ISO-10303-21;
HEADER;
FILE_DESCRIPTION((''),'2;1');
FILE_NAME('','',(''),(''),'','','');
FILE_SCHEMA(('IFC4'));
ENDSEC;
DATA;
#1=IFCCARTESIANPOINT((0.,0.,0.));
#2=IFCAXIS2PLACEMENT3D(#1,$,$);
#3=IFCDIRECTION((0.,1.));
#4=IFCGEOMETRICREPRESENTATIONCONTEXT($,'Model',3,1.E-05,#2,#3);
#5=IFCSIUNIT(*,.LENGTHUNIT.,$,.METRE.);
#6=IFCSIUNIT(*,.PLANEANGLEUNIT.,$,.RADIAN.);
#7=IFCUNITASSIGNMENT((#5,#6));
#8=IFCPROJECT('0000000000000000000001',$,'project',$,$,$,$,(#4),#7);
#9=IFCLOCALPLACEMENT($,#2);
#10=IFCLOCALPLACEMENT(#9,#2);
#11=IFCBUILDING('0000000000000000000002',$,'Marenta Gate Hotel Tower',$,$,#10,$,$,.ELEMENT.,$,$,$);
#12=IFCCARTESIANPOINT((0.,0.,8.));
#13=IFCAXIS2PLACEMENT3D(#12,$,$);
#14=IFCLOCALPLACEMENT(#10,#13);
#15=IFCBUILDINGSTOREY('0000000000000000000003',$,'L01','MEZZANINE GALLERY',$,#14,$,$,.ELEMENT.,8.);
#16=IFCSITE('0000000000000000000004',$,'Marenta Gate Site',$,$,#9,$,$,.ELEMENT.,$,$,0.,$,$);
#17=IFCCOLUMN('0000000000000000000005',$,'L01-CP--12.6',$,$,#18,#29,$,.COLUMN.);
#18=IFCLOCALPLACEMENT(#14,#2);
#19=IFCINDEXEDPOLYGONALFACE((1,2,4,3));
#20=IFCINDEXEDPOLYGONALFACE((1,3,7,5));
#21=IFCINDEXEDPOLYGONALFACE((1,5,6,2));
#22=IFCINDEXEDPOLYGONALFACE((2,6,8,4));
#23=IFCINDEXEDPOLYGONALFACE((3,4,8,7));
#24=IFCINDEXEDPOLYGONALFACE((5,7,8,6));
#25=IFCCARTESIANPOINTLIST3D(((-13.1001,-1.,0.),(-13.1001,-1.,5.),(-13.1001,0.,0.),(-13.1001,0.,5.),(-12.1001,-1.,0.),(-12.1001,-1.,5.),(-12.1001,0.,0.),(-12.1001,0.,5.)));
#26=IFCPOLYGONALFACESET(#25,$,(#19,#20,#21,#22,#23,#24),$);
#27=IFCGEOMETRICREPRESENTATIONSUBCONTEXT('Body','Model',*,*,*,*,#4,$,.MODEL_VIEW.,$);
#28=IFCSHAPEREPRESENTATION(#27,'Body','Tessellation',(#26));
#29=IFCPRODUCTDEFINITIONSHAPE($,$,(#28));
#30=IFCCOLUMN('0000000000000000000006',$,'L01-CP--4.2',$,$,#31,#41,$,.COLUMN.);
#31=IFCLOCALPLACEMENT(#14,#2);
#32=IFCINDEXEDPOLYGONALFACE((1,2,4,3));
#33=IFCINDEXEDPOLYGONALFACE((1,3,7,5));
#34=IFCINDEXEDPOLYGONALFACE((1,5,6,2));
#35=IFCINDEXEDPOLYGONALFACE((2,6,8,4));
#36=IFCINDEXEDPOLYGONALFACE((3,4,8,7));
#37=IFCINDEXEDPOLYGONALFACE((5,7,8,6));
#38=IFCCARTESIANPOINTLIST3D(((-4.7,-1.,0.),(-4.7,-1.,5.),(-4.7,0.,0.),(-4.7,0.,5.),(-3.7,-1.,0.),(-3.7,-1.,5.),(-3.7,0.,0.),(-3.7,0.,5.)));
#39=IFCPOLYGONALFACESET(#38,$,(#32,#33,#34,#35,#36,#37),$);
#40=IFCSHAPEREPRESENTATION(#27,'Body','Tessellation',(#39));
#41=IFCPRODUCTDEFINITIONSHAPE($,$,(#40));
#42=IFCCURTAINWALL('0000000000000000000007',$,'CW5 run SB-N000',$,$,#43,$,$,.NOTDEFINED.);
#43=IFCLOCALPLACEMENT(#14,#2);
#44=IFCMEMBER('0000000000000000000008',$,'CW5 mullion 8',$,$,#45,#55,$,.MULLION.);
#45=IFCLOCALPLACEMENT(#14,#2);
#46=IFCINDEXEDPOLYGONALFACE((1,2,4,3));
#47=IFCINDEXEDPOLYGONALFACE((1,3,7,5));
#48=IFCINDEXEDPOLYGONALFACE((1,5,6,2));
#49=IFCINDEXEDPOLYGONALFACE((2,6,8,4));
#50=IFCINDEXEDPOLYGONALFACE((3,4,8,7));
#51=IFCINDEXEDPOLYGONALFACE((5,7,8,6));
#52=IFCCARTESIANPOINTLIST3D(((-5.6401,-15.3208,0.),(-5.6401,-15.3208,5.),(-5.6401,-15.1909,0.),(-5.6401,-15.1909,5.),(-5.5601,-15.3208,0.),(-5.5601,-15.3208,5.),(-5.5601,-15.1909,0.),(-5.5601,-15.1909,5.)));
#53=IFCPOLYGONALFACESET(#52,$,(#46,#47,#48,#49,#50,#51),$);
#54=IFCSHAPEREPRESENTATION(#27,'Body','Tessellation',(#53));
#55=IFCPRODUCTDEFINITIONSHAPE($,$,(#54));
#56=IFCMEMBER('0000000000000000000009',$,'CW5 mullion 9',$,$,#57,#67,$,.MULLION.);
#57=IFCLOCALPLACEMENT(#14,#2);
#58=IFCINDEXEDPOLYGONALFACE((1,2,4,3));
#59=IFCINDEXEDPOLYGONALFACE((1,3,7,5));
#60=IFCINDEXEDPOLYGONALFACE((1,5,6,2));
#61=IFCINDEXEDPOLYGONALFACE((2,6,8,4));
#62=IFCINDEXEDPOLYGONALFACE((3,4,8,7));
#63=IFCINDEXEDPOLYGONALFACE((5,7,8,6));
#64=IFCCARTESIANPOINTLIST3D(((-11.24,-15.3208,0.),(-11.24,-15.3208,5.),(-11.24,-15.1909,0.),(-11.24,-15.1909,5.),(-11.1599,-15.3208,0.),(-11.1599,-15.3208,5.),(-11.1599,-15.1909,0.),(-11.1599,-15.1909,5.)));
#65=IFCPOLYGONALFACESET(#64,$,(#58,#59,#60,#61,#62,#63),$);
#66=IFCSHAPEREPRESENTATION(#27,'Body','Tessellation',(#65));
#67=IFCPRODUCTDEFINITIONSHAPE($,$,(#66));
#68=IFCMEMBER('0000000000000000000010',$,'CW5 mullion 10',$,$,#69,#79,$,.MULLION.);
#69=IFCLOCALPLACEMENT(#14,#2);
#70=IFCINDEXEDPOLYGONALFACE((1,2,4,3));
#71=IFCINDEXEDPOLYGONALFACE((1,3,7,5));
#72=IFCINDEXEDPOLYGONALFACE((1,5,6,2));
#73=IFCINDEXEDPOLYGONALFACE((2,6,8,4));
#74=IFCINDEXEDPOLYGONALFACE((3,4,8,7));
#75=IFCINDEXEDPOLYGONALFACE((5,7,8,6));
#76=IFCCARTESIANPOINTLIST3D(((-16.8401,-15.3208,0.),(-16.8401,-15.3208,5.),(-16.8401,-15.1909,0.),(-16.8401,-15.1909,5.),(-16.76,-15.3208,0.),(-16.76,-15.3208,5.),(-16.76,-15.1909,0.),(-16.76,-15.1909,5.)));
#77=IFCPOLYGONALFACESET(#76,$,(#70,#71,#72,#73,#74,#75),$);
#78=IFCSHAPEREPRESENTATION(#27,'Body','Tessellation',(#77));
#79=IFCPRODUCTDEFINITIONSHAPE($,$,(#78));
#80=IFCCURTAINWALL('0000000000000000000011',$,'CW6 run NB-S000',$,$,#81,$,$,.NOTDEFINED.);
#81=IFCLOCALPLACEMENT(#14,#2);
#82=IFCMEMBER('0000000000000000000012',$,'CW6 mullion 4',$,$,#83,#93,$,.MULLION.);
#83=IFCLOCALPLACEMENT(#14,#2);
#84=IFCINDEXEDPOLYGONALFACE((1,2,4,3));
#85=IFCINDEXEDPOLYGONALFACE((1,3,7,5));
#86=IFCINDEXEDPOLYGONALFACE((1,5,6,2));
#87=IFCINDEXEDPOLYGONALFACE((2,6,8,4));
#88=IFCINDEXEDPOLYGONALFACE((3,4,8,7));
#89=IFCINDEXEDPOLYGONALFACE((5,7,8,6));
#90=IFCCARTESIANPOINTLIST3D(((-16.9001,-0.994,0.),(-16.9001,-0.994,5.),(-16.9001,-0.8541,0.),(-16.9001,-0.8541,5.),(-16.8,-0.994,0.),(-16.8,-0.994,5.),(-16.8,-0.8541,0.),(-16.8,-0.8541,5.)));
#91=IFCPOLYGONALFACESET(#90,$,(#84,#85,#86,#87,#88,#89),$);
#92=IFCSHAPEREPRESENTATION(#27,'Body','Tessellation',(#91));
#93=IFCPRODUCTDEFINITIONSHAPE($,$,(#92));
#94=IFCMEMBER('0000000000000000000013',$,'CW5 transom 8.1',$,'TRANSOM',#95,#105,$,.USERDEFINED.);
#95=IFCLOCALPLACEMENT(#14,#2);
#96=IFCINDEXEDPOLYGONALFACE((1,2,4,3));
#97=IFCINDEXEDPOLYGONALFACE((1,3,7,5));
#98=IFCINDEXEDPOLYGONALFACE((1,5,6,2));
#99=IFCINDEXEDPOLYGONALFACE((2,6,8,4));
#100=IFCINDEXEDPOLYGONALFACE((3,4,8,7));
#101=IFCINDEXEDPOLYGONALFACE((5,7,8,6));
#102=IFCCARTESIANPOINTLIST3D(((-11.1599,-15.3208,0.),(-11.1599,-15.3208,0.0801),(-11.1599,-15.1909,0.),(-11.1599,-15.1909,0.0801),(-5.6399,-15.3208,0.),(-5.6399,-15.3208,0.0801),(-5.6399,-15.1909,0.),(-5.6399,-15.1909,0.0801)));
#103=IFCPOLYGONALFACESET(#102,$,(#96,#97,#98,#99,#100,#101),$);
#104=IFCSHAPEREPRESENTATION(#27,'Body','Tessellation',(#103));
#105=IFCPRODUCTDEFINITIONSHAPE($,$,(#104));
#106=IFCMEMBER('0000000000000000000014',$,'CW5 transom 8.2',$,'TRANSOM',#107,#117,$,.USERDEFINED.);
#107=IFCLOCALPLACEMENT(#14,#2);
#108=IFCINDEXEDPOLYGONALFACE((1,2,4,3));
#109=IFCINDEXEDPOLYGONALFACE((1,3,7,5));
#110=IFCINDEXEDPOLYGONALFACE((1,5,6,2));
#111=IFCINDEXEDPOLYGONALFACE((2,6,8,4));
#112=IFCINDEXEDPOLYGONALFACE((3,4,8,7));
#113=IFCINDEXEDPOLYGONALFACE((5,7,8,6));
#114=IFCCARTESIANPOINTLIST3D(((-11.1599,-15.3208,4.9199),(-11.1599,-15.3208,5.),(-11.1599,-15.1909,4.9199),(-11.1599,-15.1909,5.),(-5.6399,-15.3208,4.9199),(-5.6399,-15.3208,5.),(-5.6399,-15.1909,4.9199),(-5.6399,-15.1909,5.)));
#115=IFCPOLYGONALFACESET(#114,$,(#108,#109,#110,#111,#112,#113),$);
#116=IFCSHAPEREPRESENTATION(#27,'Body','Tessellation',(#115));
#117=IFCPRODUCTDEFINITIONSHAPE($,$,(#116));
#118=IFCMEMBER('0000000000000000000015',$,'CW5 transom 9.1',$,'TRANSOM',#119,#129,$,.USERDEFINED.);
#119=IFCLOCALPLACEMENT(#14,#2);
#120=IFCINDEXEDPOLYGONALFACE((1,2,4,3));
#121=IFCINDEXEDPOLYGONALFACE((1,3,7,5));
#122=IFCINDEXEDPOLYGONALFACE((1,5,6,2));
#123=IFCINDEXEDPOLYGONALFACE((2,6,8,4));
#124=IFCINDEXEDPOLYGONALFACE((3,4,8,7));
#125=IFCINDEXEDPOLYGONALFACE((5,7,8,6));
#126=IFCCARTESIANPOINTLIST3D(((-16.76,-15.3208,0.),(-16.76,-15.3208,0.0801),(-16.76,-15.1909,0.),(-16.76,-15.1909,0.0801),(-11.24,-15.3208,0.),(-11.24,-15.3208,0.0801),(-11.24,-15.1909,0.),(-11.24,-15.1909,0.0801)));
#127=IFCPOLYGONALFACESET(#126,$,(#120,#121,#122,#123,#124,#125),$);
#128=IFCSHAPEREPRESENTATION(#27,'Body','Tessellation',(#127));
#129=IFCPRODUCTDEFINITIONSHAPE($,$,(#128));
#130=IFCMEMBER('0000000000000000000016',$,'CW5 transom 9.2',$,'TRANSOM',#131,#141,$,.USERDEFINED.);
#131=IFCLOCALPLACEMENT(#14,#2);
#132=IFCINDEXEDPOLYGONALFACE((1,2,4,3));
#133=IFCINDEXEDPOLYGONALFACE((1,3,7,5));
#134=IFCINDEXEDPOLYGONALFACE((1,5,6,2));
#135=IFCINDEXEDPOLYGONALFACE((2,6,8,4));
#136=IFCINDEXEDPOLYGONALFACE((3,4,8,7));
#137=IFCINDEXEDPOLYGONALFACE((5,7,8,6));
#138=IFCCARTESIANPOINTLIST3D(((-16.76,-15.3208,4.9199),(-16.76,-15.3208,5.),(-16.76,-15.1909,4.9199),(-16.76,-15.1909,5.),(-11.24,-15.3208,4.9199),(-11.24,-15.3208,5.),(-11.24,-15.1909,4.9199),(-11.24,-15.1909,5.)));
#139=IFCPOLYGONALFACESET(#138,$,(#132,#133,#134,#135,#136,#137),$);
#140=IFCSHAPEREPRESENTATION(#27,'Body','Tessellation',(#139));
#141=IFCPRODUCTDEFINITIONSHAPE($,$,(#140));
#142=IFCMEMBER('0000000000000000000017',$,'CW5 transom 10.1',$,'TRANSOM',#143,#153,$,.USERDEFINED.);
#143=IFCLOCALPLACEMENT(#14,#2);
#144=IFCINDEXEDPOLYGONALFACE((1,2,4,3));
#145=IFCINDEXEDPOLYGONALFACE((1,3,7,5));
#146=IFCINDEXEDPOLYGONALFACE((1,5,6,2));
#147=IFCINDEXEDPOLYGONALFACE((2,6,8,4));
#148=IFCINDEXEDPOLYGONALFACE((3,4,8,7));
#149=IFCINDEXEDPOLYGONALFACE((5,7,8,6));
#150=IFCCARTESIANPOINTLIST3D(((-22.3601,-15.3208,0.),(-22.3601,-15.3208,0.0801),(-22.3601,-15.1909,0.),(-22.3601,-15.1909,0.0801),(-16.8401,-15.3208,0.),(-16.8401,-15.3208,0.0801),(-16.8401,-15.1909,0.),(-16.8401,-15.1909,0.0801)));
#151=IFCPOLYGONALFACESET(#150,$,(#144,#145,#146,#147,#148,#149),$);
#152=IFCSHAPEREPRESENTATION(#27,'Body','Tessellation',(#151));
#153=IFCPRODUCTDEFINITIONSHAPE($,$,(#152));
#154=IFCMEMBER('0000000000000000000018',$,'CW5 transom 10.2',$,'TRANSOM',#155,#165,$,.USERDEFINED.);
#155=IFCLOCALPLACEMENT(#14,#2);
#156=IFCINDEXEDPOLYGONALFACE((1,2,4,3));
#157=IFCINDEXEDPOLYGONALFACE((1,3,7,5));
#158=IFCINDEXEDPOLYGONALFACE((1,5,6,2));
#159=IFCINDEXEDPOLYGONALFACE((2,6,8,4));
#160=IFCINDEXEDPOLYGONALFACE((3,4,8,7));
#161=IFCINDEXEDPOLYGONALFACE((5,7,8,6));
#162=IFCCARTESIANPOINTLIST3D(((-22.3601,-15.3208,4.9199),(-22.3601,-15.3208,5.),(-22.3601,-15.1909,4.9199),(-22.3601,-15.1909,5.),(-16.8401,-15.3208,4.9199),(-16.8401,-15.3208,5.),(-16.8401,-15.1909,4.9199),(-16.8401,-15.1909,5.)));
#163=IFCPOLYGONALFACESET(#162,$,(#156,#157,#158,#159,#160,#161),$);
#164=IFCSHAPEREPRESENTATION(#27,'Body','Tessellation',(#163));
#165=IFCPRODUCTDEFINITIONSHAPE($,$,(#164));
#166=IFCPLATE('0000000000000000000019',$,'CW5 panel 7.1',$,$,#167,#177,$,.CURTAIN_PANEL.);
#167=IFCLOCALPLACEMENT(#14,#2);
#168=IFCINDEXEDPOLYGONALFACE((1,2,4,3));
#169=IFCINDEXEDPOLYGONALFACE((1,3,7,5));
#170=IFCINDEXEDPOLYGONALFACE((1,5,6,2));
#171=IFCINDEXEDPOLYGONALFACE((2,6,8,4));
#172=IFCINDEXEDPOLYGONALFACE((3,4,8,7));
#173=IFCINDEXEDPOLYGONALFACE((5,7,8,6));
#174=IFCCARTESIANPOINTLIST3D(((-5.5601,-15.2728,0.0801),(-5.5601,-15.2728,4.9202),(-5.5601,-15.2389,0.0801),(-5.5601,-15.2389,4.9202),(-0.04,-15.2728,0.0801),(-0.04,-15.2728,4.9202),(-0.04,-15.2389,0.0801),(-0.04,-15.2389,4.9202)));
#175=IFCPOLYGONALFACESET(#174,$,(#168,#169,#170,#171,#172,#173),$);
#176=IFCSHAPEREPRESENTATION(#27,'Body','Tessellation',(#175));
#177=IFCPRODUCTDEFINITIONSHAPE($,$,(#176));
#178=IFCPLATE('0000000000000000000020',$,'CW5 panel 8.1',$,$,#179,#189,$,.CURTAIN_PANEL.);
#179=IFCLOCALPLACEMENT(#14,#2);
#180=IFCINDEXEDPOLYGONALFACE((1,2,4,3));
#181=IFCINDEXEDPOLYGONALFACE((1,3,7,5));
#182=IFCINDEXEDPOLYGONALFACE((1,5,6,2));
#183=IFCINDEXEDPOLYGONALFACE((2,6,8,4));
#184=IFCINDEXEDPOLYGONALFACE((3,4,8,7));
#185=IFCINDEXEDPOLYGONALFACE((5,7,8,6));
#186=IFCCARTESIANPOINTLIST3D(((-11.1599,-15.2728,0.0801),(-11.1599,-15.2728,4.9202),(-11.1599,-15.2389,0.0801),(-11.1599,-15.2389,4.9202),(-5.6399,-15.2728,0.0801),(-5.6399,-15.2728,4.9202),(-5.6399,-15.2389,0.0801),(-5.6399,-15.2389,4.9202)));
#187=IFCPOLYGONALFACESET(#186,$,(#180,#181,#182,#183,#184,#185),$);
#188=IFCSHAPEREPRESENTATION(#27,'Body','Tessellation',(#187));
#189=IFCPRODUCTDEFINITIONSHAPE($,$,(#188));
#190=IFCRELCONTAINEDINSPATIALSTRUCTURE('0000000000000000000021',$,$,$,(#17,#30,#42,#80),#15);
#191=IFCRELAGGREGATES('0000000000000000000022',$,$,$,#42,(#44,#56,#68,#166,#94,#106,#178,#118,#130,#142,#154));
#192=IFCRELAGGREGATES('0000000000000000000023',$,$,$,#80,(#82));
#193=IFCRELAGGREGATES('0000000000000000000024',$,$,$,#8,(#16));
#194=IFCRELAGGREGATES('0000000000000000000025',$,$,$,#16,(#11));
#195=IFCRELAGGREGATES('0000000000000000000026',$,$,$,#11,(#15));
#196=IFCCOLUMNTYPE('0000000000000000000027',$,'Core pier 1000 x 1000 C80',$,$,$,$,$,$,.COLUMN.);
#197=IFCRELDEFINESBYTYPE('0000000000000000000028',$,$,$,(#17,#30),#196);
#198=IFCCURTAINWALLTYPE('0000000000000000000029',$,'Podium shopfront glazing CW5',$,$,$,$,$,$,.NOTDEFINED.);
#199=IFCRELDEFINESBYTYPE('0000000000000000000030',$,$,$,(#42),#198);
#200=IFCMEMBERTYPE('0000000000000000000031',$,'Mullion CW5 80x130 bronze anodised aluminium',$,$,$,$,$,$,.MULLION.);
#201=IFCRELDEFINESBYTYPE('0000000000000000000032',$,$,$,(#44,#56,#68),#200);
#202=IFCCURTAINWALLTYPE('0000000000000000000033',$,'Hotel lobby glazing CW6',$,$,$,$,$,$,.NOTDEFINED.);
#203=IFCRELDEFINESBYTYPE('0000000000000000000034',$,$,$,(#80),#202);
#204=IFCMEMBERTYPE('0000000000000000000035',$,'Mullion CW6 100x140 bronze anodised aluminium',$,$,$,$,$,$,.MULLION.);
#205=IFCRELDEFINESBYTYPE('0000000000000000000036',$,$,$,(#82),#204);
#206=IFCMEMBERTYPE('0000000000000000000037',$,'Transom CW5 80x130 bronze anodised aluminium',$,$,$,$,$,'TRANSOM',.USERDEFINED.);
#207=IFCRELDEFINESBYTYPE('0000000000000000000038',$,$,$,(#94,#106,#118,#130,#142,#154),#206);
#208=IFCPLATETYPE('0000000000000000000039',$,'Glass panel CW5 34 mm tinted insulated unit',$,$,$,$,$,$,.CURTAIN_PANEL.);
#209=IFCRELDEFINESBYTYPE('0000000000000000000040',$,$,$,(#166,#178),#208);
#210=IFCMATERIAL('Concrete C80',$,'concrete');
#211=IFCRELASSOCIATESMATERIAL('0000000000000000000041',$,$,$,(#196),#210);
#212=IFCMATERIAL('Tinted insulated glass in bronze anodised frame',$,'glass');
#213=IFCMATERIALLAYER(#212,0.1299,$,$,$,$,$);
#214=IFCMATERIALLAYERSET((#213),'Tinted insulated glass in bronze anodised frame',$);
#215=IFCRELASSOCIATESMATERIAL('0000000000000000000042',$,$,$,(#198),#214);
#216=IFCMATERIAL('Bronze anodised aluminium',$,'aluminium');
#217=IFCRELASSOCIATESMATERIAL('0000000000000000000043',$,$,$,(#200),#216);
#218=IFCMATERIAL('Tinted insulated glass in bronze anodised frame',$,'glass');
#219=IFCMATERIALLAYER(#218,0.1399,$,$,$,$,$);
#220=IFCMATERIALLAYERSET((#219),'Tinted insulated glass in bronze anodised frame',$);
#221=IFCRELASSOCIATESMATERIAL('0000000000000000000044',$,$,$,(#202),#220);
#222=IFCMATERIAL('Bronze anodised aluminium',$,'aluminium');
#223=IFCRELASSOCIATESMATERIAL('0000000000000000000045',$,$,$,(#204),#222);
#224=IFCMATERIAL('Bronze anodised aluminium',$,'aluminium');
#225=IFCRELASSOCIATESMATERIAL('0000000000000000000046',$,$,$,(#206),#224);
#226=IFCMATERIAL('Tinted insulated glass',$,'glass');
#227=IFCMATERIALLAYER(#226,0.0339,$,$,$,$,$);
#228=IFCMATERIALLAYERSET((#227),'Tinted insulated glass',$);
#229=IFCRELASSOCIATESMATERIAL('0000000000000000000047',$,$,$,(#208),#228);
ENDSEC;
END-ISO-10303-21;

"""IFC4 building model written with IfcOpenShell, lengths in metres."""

from ifc_helpers import new_model, si_unit, direction, frame, origin, origin_2d, place, context, subcontext, project, spatial, rectangle, extrude, material, layer, layer_set, material_profile, profile_set, type_object, element, aggregate, save


model = new_model("IFC4")

# Units and contexts
model_context = context("Model", 3, precision=1e-05, world=origin(), true_north=direction((0.0, 1.0)))
body_context = subcontext(model_context, "Body", "Model", "MODEL_VIEW")
ifc_project = project(units=[si_unit("LENGTHUNIT", "METRE"), si_unit("PLANEANGLEUNIT", "RADIAN")], contexts=[model_context])

# Site, building, storey
site_placement = place(None, origin())
site = spatial("IfcSite", under=ifc_project, at=site_placement, Name="Marenta Gate Site", CompositionType="ELEMENT", RefElevation=0.0)
building_placement = place(site_placement, origin())
building = spatial("IfcBuilding", under=site, at=building_placement, Name="Marenta Gate Hotel Tower", CompositionType="ELEMENT")
storey_placement = place(building_placement, frame((0.0, 0.0, 8.0)))
storey = spatial("IfcBuildingStorey", under=building, at=storey_placement, Name="L01", Description="MEZZANINE GALLERY", CompositionType="ELEMENT", Elevation=8.0)

# Columns
ifc_material_1 = material(Name="Concrete C80", Category="concrete")
ifc_material_profile_1 = material_profile(ifc_material_1, rectangle(XDim=1.0, YDim=1.0, at=origin_2d()), Name="1000 x 1000")
ifc_profile_set_1 = profile_set([ifc_material_profile_1], Name="Concrete C80")
column_type = type_object("IfcColumnType", Name="Core pier 1000 x 1000 C80", PredefinedType="COLUMN", material=ifc_profile_set_1)
for number, where, z_axis, x_axis, name in (
    (1, (-12.6001, -0.5, 0.0), (0.0, 0.0, 1.0), (1.0, 0.0, 0.0), "L01-CP--12.6"),
    (2, (-4.2, -0.5, 0.0), (0.0, 0.0, 1.0), (1.0, 0.0, 0.0), "L01-CP--4.2"),
):
    element("IfcColumn", number, at=place(storey_placement, frame(where, z_axis=z_axis, x_axis=x_axis)), inside=storey, type_object=column_type, Name=name, PredefinedType="COLUMN", context=body_context, shape_type="SweptSolid", body=[
        extrude(rectangle(XDim=1.0, YDim=1.0, at=origin_2d()), origin(), (0.0, 0.0, 1.0), 5.0),
    ])

# Curtain wall, members
ifc_material_2 = material(Name="Tinted insulated glass in bronze anodised frame", Category="glass")
ifc_layer_1 = layer(ifc_material_2, 0.1299)
ifc_layer_set_1 = layer_set([ifc_layer_1], Name="Tinted insulated glass in bronze anodised frame")
curtain_wall_type_1 = type_object("IfcCurtainWallType", Name="Podium shopfront glazing CW5", PredefinedType="NOTDEFINED", material=ifc_layer_set_1)
curtain_wall_1_placement = place(storey_placement, origin())
curtain_wall_1 = element("IfcCurtainWall", 3, at=curtain_wall_1_placement, inside=storey, type_object=curtain_wall_type_1, Name="CW5 run SB-N000", PredefinedType="NOTDEFINED")
ifc_material_3 = material(Name="Bronze anodised aluminium", Category="aluminium")
ifc_material_profile_2 = material_profile(ifc_material_3, rectangle(XDim=0.1299, YDim=0.0801, at=origin_2d()), Name="Mullion CW5 80x130 bronze anodised aluminium")
ifc_profile_set_2 = profile_set([ifc_material_profile_2], Name="Bronze anodised aluminium")
member_type_1 = type_object("IfcMemberType", Name="Mullion CW5 80x130 bronze anodised aluminium", PredefinedType="MULLION", material=ifc_profile_set_2)
member_1_placement = place(storey_placement, frame((-5.6001, -15.2559, 0.0), z_axis=(0.0, 0.0, 1.0), x_axis=(0.0, -1.0, 0.0)))
member_1 = element("IfcMember", 4, at=member_1_placement, type_object=member_type_1, Name="CW5 mullion 8", PredefinedType="MULLION", context=body_context, shape_type="SweptSolid", body=[
    extrude(rectangle(XDim=0.1299, YDim=0.0801, at=origin_2d()), origin(), (0.0, 0.0, 1.0), 5.0),
])
member_2_placement = place(storey_placement, frame((-11.2, -15.2559, 0.0), z_axis=(0.0, 0.0, 1.0), x_axis=(0.0, -1.0, 0.0)))
member_2 = element("IfcMember", 5, at=member_2_placement, type_object=member_type_1, Name="CW5 mullion 9", PredefinedType="MULLION", context=body_context, shape_type="SweptSolid", body=[
    extrude(rectangle(XDim=0.1299, YDim=0.0801, at=origin_2d()), origin(), (0.0, 0.0, 1.0), 5.0),
])
member_3_placement = place(storey_placement, frame((-16.8, -15.2559, 0.0), z_axis=(0.0, 0.0, 1.0), x_axis=(0.0, -1.0, 0.0)))
member_3 = element("IfcMember", 6, at=member_3_placement, type_object=member_type_1, Name="CW5 mullion 10", PredefinedType="MULLION", context=body_context, shape_type="SweptSolid", body=[
    extrude(rectangle(XDim=0.1299, YDim=0.0801, at=origin_2d()), origin(), (0.0, 0.0, 1.0), 5.0),
])

# Curtain wall, member
ifc_material_4 = material(Name="Tinted insulated glass in bronze anodised frame", Category="glass")
ifc_layer_2 = layer(ifc_material_4, 0.1399)
ifc_layer_set_2 = layer_set([ifc_layer_2], Name="Tinted insulated glass in bronze anodised frame")
curtain_wall_type_2 = type_object("IfcCurtainWallType", Name="Hotel lobby glazing CW6", PredefinedType="NOTDEFINED", material=ifc_layer_set_2)
curtain_wall_2_placement = place(storey_placement, origin())
curtain_wall_2 = element("IfcCurtainWall", 7, at=curtain_wall_2_placement, inside=storey, type_object=curtain_wall_type_2, Name="CW6 run NB-S000", PredefinedType="NOTDEFINED")
ifc_material_5 = material(Name="Bronze anodised aluminium", Category="aluminium")
ifc_material_profile_3 = material_profile(ifc_material_5, rectangle(XDim=0.1399, YDim=0.1001, at=origin_2d()), Name="Mullion CW6 100x140 bronze anodised aluminium")
ifc_profile_set_3 = profile_set([ifc_material_profile_3], Name="Bronze anodised aluminium")
member_type_2 = type_object("IfcMemberType", Name="Mullion CW6 100x140 bronze anodised aluminium", PredefinedType="MULLION", material=ifc_profile_set_3)
member_4_placement = place(storey_placement, frame((-16.8501, -0.9241, 0.0), z_axis=(0.0, 0.0, 1.0), x_axis=(0.0, 1.0, 0.0)))
member_4 = element("IfcMember", 8, at=member_4_placement, type_object=member_type_2, Name="CW6 mullion 4", PredefinedType="MULLION", context=body_context, shape_type="SweptSolid", body=[
    extrude(rectangle(XDim=0.1399, YDim=0.1001, at=origin_2d()), origin(), (0.0, 0.0, 1.0), 5.0),
])

# Members
ifc_material_6 = material(Name="Bronze anodised aluminium", Category="aluminium")
ifc_material_profile_4 = material_profile(ifc_material_6, rectangle(XDim=0.1299, YDim=0.0801, at=origin_2d()), Name="Transom CW5 80x130 bronze anodised aluminium")
ifc_profile_set_4 = profile_set([ifc_material_profile_4], Name="Bronze anodised aluminium")
member_type_3 = type_object("IfcMemberType", Name="Transom CW5 80x130 bronze anodised aluminium", ElementType="TRANSOM", PredefinedType="USERDEFINED", material=ifc_profile_set_4)
member_5_placement = place(storey_placement, frame((-5.6399, -15.2559, 0.04), z_axis=(-1.0, 0.0, 0.0), x_axis=(0.0, -1.0, 0.0)))
member_5 = element("IfcMember", 9, at=member_5_placement, type_object=member_type_3, Name="CW5 transom 8.1", ObjectType="TRANSOM", PredefinedType="USERDEFINED", context=body_context, shape_type="SweptSolid", body=[
    extrude(rectangle(XDim=0.1299, YDim=0.0801, at=origin_2d()), origin(), (0.0, 0.0, 1.0), 5.52),
])
member_6_placement = place(storey_placement, frame((-5.6399, -15.2559, 4.96), z_axis=(-1.0, 0.0, 0.0), x_axis=(0.0, -1.0, 0.0)))
member_6 = element("IfcMember", 10, at=member_6_placement, type_object=member_type_3, Name="CW5 transom 8.2", ObjectType="TRANSOM", PredefinedType="USERDEFINED", context=body_context, shape_type="SweptSolid", body=[
    extrude(rectangle(XDim=0.1299, YDim=0.0801, at=origin_2d()), origin(), (0.0, 0.0, 1.0), 5.52),
])
member_7_placement = place(storey_placement, frame((-11.24, -15.2559, 0.04), z_axis=(-1.0, 0.0, 0.0), x_axis=(0.0, -1.0, 0.0)))
member_7 = element("IfcMember", 11, at=member_7_placement, type_object=member_type_3, Name="CW5 transom 9.1", ObjectType="TRANSOM", PredefinedType="USERDEFINED", context=body_context, shape_type="SweptSolid", body=[
    extrude(rectangle(XDim=0.1299, YDim=0.0801, at=origin_2d()), origin(), (0.0, 0.0, 1.0), 5.52),
])
member_8_placement = place(storey_placement, frame((-11.24, -15.2559, 4.96), z_axis=(-1.0, 0.0, 0.0), x_axis=(0.0, -1.0, 0.0)))
member_8 = element("IfcMember", 12, at=member_8_placement, type_object=member_type_3, Name="CW5 transom 9.2", ObjectType="TRANSOM", PredefinedType="USERDEFINED", context=body_context, shape_type="SweptSolid", body=[
    extrude(rectangle(XDim=0.1299, YDim=0.0801, at=origin_2d()), origin(), (0.0, 0.0, 1.0), 5.52),
])
member_9_placement = place(storey_placement, frame((-16.8401, -15.2559, 0.04), z_axis=(-1.0, 0.0, 0.0), x_axis=(0.0, -1.0, 0.0)))
member_9 = element("IfcMember", 13, at=member_9_placement, type_object=member_type_3, Name="CW5 transom 10.1", ObjectType="TRANSOM", PredefinedType="USERDEFINED", context=body_context, shape_type="SweptSolid", body=[
    extrude(rectangle(XDim=0.1299, YDim=0.0801, at=origin_2d()), origin(), (0.0, 0.0, 1.0), 5.52),
])
member_10_placement = place(storey_placement, frame((-16.8401, -15.2559, 4.96), z_axis=(-1.0, 0.0, 0.0), x_axis=(0.0, -1.0, 0.0)))
member_10 = element("IfcMember", 14, at=member_10_placement, type_object=member_type_3, Name="CW5 transom 10.2", ObjectType="TRANSOM", PredefinedType="USERDEFINED", context=body_context, shape_type="SweptSolid", body=[
    extrude(rectangle(XDim=0.1299, YDim=0.0801, at=origin_2d()), origin(), (0.0, 0.0, 1.0), 5.52),
])

# Plates
ifc_material_7 = material(Name="Tinted insulated glass", Category="glass")
ifc_layer_3 = layer(ifc_material_7, 0.0339)
ifc_layer_set_3 = layer_set([ifc_layer_3], Name="Tinted insulated glass")
plate_type_1 = type_object("IfcPlateType", Name="Glass panel CW5 34 mm tinted insulated unit", PredefinedType="CURTAIN_PANEL", material=ifc_layer_set_3)
plate_1_placement = place(storey_placement, frame((-2.8, -15.2559, 0.0801), z_axis=(0.0, 0.0, 1.0), x_axis=(-1.0, 0.0, 0.0)))
plate_1 = element("IfcPlate", 15, at=plate_1_placement, type_object=plate_type_1, Name="CW5 panel 7.1", PredefinedType="CURTAIN_PANEL", context=body_context, shape_type="SweptSolid", body=[
    extrude(rectangle(XDim=5.52, YDim=0.0339, at=origin_2d()), origin(), (0.0, 0.0, 1.0), 4.8401),
])
plate_2_placement = place(storey_placement, frame((-8.3999, -15.2559, 0.0801), z_axis=(0.0, 0.0, 1.0), x_axis=(-1.0, 0.0, 0.0)))
plate_2 = element("IfcPlate", 16, at=plate_2_placement, type_object=plate_type_1, Name="CW5 panel 8.1", PredefinedType="CURTAIN_PANEL", context=body_context, shape_type="SweptSolid", body=[
    extrude(rectangle(XDim=5.52, YDim=0.0339, at=origin_2d()), origin(), (0.0, 0.0, 1.0), 4.8401),
])
aggregate(curtain_wall_1, [member_1, member_2, member_3, plate_1, member_5, member_6, plate_2, member_7, member_8, member_9, member_10])
aggregate(curtain_wall_2, [member_4])

save(model, "model.ifc")
